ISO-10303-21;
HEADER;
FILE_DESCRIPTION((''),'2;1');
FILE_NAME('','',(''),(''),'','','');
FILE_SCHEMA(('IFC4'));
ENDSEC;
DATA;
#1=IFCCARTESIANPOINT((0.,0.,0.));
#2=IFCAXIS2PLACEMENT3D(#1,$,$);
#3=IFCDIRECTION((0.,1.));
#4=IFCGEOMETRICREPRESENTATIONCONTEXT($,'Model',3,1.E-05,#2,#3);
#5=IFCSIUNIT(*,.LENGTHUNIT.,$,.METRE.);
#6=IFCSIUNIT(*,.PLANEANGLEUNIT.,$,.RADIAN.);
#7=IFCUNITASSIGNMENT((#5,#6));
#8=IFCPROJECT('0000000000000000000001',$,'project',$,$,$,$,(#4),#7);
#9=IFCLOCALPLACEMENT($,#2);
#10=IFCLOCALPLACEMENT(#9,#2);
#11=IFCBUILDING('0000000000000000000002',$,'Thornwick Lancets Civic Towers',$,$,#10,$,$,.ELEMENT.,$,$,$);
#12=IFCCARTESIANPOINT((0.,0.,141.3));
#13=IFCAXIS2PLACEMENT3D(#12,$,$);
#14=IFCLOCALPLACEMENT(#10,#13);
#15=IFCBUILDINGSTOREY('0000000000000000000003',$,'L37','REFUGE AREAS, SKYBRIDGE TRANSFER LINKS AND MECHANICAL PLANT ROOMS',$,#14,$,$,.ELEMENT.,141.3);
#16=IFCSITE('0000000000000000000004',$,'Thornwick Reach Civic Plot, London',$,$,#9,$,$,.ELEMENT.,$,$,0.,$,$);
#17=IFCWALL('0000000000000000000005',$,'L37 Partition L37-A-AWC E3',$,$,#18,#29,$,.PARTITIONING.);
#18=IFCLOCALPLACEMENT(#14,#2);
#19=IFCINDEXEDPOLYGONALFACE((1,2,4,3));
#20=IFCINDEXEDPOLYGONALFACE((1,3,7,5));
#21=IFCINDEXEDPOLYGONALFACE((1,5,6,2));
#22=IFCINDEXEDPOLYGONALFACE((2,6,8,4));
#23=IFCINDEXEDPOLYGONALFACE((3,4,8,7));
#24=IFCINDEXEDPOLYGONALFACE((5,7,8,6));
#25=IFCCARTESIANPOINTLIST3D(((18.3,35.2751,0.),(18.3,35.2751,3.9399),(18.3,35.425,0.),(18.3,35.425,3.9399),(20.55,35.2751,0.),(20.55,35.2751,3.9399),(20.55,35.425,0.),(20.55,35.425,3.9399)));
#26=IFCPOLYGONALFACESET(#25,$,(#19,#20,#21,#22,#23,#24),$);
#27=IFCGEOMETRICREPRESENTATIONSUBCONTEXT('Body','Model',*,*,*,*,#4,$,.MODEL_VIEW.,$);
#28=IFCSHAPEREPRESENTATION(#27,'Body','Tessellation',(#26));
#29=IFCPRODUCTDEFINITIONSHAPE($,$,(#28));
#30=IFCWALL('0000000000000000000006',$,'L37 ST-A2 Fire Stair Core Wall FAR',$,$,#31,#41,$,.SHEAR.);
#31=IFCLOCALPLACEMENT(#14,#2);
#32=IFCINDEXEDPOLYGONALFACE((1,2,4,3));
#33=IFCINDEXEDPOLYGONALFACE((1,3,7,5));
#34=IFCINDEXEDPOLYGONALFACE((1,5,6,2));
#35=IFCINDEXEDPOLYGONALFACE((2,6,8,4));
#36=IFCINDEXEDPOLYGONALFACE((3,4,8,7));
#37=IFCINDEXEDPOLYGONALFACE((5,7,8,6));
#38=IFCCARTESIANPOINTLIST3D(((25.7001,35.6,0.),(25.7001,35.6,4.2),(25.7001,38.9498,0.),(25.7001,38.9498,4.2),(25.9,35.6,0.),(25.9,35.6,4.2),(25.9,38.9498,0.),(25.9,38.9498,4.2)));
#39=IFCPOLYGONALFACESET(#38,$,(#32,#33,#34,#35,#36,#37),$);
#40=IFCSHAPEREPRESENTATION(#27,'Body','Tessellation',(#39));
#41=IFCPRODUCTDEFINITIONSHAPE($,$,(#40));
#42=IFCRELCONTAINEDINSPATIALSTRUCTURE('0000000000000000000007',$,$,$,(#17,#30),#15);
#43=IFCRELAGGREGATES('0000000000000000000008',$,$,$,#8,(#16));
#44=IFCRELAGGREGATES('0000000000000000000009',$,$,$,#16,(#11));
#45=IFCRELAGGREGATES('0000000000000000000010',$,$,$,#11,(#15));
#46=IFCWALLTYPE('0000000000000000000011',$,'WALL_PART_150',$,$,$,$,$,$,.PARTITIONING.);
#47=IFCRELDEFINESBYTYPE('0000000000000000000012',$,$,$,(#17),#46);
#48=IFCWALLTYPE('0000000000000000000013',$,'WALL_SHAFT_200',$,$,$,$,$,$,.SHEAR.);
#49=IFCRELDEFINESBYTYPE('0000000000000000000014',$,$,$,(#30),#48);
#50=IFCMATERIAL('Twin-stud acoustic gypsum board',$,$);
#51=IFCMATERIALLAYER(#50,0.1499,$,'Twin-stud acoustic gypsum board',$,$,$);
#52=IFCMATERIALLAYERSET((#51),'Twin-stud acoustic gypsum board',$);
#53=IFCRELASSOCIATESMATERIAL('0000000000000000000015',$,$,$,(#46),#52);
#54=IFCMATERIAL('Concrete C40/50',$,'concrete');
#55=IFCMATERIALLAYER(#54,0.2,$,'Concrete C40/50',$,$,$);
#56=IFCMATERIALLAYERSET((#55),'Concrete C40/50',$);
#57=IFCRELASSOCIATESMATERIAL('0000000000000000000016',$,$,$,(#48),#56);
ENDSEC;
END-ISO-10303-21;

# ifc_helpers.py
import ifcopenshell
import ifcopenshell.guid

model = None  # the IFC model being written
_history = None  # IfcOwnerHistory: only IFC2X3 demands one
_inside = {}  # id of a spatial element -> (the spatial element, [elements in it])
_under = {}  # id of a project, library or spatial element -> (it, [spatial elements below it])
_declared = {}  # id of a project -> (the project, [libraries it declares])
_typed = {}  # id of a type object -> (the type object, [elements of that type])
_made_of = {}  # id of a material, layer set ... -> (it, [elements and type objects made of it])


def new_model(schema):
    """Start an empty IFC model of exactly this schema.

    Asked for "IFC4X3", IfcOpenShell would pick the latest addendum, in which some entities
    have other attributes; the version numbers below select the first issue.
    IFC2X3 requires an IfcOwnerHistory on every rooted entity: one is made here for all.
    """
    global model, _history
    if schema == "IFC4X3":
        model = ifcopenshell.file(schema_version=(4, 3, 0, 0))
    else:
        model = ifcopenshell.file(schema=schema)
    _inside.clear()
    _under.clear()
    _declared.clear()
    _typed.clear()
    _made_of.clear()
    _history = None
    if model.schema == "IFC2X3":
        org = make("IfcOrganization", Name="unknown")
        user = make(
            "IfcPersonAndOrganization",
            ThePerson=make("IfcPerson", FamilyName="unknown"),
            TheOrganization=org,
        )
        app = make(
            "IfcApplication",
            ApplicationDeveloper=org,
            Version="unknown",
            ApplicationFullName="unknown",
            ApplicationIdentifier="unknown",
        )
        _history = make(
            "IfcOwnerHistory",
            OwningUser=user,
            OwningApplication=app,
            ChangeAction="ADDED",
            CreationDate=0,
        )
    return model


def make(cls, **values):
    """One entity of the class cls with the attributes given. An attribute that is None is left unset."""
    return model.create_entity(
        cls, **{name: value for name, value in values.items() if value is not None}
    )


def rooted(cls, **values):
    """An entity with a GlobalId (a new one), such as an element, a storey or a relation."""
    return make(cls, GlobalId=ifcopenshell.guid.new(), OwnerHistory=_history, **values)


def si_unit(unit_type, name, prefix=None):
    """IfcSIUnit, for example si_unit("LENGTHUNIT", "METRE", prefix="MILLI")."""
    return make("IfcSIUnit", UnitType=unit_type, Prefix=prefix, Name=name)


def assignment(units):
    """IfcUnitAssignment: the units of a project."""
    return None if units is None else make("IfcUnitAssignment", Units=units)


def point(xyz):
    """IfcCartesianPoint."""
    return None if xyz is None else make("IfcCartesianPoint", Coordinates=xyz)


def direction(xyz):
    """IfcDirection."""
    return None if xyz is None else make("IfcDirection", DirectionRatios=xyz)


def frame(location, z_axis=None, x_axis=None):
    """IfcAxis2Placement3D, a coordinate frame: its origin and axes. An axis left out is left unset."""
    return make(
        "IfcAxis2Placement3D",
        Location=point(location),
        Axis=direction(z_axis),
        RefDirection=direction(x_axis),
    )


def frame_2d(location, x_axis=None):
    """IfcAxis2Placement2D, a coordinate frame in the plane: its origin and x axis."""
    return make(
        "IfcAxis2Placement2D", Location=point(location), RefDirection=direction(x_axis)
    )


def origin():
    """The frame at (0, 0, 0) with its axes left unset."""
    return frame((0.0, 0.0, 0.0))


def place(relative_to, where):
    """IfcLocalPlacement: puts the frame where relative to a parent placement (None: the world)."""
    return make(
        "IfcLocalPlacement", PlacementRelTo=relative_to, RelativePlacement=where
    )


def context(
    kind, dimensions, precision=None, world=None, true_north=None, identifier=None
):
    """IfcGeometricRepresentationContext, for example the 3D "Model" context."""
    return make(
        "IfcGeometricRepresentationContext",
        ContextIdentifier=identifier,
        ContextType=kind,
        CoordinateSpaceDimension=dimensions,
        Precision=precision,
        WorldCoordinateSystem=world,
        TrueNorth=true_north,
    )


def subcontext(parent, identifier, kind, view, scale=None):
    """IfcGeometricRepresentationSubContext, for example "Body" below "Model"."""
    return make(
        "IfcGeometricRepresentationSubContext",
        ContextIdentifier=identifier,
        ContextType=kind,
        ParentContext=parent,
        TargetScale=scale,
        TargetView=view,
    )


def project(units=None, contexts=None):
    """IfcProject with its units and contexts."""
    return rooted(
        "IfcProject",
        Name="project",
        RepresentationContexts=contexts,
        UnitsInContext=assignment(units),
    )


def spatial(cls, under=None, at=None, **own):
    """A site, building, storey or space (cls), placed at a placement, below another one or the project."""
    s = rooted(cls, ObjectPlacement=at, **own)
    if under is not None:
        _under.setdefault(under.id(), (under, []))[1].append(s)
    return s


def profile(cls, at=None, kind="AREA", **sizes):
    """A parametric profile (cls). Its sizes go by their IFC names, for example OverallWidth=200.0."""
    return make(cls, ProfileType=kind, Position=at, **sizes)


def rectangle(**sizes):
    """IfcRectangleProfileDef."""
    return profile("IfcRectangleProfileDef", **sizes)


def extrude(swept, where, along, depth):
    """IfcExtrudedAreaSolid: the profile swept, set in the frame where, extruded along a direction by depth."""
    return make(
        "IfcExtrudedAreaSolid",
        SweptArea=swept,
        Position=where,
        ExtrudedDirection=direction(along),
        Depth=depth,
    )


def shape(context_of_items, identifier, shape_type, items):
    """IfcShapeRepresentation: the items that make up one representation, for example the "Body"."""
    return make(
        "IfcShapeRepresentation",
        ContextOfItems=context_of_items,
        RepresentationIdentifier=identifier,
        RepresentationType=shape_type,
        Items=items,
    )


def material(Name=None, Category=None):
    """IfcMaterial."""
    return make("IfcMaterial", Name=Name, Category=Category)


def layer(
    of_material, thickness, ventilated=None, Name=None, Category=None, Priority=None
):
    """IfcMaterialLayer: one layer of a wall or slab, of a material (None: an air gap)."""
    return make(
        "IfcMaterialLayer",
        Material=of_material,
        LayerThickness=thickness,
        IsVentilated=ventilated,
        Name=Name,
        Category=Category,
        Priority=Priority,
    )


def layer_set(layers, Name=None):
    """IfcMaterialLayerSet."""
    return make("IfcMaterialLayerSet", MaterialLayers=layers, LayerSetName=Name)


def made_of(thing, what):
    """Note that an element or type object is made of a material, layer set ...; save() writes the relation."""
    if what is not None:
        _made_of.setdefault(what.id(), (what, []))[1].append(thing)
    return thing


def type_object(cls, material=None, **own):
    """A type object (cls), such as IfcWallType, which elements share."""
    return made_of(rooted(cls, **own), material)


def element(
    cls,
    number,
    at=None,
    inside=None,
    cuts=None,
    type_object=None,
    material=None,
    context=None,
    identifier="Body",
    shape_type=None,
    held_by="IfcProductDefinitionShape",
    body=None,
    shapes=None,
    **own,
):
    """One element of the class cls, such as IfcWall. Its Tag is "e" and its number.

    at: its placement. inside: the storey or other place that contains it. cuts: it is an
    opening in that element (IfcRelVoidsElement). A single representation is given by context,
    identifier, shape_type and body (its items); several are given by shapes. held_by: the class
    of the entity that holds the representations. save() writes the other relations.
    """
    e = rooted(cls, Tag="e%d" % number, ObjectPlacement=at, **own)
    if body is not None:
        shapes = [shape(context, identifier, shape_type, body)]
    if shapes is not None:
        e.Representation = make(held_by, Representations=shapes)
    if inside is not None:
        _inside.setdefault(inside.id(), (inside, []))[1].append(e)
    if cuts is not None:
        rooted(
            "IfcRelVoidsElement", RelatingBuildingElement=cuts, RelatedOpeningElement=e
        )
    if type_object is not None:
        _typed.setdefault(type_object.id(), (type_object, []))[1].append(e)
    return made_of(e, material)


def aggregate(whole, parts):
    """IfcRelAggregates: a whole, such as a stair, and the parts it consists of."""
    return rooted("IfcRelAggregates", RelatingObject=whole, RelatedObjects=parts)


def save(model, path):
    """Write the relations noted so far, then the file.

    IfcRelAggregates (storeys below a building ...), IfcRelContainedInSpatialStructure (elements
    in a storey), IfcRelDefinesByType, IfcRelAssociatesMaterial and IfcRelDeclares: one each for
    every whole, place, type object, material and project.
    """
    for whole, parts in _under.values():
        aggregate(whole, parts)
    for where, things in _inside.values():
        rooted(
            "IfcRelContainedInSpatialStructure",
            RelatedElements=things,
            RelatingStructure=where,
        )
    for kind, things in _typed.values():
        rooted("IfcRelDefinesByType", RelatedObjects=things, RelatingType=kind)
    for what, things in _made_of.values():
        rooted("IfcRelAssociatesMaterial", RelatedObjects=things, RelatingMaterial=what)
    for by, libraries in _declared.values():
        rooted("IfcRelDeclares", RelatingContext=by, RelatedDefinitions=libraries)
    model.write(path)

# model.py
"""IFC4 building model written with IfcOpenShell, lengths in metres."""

from ifc_helpers import new_model, si_unit, direction, frame, frame_2d, origin, place, context, subcontext, project, spatial, rectangle, extrude, material, layer, layer_set, type_object, element, save


model = new_model("IFC4")

# Units and contexts
model_context = context("Model", 3, precision=1e-05, world=origin(), true_north=direction((0.0, 1.0)))
body_context = subcontext(model_context, "Body", "Model", "MODEL_VIEW")
ifc_project = project(units=[si_unit("LENGTHUNIT", "METRE"), si_unit("PLANEANGLEUNIT", "RADIAN")], contexts=[model_context])

# Site, building, storey
site_placement = place(None, origin())
site = spatial("IfcSite", under=ifc_project, at=site_placement, Name="Thornwick Reach Civic Plot, London", CompositionType="ELEMENT", RefElevation=0.0)
building_placement = place(site_placement, origin())
building = spatial("IfcBuilding", under=site, at=building_placement, Name="Thornwick Lancets Civic Towers", CompositionType="ELEMENT")
storey_placement = place(building_placement, frame((0.0, 0.0, 141.3)))
storey = spatial("IfcBuildingStorey", under=building, at=storey_placement, Name="L37", Description="REFUGE AREAS, SKYBRIDGE TRANSFER LINKS AND MECHANICAL PLANT ROOMS", CompositionType="ELEMENT", Elevation=141.3)

# Shared definitions
ifc_material_1 = material(Name="Twin-stud acoustic gypsum board")
ifc_layer_1 = layer(ifc_material_1, 0.1499, Name="Twin-stud acoustic gypsum board")
ifc_layer_set_1 = layer_set([ifc_layer_1], Name="Twin-stud acoustic gypsum board")
wall_type_1 = type_object("IfcWallType", Name="WALL_PART_150", PredefinedType="PARTITIONING", material=ifc_layer_set_1)

# Walls
wall_1_placement = place(storey_placement, frame((20.55, 35.3501, 0.0), z_axis=(0.0, 0.0, 1.0), x_axis=(-1.0, 0.0, 0.0)))
element("IfcWall", 1, at=wall_1_placement, inside=storey, type_object=wall_type_1, Name="L37 Partition L37-A-AWC E3", PredefinedType="PARTITIONING", context=body_context, shape_type="SweptSolid", body=[
    extrude(rectangle(XDim=2.25, YDim=0.1499, at=frame_2d((1.125, 0.0))), origin(), (0.0, 0.0, 1.0), 3.9399),
])
ifc_material_2 = material(Name="Concrete C40/50", Category="concrete")
ifc_layer_2 = layer(ifc_material_2, 0.2, Name="Concrete C40/50")
ifc_layer_set_2 = layer_set([ifc_layer_2], Name="Concrete C40/50")
wall_type_2 = type_object("IfcWallType", Name="WALL_SHAFT_200", PredefinedType="SHEAR", material=ifc_layer_set_2)
wall_2_placement = place(storey_placement, frame((25.8, 35.6001, 0.0), z_axis=(0.0, 0.0, 1.0), x_axis=(0.0, 1.0, 0.0)))
element("IfcWall", 2, at=wall_2_placement, inside=storey, type_object=wall_type_2, Name="L37 ST-A2 Fire Stair Core Wall FAR", PredefinedType="SHEAR", context=body_context, shape_type="SweptSolid", body=[
    extrude(rectangle(XDim=3.3499, YDim=0.2, at=frame_2d((1.6748, 0.0))), origin(), (0.0, 0.0, 1.0), 4.2),
])

save(model, "model.ifc")
